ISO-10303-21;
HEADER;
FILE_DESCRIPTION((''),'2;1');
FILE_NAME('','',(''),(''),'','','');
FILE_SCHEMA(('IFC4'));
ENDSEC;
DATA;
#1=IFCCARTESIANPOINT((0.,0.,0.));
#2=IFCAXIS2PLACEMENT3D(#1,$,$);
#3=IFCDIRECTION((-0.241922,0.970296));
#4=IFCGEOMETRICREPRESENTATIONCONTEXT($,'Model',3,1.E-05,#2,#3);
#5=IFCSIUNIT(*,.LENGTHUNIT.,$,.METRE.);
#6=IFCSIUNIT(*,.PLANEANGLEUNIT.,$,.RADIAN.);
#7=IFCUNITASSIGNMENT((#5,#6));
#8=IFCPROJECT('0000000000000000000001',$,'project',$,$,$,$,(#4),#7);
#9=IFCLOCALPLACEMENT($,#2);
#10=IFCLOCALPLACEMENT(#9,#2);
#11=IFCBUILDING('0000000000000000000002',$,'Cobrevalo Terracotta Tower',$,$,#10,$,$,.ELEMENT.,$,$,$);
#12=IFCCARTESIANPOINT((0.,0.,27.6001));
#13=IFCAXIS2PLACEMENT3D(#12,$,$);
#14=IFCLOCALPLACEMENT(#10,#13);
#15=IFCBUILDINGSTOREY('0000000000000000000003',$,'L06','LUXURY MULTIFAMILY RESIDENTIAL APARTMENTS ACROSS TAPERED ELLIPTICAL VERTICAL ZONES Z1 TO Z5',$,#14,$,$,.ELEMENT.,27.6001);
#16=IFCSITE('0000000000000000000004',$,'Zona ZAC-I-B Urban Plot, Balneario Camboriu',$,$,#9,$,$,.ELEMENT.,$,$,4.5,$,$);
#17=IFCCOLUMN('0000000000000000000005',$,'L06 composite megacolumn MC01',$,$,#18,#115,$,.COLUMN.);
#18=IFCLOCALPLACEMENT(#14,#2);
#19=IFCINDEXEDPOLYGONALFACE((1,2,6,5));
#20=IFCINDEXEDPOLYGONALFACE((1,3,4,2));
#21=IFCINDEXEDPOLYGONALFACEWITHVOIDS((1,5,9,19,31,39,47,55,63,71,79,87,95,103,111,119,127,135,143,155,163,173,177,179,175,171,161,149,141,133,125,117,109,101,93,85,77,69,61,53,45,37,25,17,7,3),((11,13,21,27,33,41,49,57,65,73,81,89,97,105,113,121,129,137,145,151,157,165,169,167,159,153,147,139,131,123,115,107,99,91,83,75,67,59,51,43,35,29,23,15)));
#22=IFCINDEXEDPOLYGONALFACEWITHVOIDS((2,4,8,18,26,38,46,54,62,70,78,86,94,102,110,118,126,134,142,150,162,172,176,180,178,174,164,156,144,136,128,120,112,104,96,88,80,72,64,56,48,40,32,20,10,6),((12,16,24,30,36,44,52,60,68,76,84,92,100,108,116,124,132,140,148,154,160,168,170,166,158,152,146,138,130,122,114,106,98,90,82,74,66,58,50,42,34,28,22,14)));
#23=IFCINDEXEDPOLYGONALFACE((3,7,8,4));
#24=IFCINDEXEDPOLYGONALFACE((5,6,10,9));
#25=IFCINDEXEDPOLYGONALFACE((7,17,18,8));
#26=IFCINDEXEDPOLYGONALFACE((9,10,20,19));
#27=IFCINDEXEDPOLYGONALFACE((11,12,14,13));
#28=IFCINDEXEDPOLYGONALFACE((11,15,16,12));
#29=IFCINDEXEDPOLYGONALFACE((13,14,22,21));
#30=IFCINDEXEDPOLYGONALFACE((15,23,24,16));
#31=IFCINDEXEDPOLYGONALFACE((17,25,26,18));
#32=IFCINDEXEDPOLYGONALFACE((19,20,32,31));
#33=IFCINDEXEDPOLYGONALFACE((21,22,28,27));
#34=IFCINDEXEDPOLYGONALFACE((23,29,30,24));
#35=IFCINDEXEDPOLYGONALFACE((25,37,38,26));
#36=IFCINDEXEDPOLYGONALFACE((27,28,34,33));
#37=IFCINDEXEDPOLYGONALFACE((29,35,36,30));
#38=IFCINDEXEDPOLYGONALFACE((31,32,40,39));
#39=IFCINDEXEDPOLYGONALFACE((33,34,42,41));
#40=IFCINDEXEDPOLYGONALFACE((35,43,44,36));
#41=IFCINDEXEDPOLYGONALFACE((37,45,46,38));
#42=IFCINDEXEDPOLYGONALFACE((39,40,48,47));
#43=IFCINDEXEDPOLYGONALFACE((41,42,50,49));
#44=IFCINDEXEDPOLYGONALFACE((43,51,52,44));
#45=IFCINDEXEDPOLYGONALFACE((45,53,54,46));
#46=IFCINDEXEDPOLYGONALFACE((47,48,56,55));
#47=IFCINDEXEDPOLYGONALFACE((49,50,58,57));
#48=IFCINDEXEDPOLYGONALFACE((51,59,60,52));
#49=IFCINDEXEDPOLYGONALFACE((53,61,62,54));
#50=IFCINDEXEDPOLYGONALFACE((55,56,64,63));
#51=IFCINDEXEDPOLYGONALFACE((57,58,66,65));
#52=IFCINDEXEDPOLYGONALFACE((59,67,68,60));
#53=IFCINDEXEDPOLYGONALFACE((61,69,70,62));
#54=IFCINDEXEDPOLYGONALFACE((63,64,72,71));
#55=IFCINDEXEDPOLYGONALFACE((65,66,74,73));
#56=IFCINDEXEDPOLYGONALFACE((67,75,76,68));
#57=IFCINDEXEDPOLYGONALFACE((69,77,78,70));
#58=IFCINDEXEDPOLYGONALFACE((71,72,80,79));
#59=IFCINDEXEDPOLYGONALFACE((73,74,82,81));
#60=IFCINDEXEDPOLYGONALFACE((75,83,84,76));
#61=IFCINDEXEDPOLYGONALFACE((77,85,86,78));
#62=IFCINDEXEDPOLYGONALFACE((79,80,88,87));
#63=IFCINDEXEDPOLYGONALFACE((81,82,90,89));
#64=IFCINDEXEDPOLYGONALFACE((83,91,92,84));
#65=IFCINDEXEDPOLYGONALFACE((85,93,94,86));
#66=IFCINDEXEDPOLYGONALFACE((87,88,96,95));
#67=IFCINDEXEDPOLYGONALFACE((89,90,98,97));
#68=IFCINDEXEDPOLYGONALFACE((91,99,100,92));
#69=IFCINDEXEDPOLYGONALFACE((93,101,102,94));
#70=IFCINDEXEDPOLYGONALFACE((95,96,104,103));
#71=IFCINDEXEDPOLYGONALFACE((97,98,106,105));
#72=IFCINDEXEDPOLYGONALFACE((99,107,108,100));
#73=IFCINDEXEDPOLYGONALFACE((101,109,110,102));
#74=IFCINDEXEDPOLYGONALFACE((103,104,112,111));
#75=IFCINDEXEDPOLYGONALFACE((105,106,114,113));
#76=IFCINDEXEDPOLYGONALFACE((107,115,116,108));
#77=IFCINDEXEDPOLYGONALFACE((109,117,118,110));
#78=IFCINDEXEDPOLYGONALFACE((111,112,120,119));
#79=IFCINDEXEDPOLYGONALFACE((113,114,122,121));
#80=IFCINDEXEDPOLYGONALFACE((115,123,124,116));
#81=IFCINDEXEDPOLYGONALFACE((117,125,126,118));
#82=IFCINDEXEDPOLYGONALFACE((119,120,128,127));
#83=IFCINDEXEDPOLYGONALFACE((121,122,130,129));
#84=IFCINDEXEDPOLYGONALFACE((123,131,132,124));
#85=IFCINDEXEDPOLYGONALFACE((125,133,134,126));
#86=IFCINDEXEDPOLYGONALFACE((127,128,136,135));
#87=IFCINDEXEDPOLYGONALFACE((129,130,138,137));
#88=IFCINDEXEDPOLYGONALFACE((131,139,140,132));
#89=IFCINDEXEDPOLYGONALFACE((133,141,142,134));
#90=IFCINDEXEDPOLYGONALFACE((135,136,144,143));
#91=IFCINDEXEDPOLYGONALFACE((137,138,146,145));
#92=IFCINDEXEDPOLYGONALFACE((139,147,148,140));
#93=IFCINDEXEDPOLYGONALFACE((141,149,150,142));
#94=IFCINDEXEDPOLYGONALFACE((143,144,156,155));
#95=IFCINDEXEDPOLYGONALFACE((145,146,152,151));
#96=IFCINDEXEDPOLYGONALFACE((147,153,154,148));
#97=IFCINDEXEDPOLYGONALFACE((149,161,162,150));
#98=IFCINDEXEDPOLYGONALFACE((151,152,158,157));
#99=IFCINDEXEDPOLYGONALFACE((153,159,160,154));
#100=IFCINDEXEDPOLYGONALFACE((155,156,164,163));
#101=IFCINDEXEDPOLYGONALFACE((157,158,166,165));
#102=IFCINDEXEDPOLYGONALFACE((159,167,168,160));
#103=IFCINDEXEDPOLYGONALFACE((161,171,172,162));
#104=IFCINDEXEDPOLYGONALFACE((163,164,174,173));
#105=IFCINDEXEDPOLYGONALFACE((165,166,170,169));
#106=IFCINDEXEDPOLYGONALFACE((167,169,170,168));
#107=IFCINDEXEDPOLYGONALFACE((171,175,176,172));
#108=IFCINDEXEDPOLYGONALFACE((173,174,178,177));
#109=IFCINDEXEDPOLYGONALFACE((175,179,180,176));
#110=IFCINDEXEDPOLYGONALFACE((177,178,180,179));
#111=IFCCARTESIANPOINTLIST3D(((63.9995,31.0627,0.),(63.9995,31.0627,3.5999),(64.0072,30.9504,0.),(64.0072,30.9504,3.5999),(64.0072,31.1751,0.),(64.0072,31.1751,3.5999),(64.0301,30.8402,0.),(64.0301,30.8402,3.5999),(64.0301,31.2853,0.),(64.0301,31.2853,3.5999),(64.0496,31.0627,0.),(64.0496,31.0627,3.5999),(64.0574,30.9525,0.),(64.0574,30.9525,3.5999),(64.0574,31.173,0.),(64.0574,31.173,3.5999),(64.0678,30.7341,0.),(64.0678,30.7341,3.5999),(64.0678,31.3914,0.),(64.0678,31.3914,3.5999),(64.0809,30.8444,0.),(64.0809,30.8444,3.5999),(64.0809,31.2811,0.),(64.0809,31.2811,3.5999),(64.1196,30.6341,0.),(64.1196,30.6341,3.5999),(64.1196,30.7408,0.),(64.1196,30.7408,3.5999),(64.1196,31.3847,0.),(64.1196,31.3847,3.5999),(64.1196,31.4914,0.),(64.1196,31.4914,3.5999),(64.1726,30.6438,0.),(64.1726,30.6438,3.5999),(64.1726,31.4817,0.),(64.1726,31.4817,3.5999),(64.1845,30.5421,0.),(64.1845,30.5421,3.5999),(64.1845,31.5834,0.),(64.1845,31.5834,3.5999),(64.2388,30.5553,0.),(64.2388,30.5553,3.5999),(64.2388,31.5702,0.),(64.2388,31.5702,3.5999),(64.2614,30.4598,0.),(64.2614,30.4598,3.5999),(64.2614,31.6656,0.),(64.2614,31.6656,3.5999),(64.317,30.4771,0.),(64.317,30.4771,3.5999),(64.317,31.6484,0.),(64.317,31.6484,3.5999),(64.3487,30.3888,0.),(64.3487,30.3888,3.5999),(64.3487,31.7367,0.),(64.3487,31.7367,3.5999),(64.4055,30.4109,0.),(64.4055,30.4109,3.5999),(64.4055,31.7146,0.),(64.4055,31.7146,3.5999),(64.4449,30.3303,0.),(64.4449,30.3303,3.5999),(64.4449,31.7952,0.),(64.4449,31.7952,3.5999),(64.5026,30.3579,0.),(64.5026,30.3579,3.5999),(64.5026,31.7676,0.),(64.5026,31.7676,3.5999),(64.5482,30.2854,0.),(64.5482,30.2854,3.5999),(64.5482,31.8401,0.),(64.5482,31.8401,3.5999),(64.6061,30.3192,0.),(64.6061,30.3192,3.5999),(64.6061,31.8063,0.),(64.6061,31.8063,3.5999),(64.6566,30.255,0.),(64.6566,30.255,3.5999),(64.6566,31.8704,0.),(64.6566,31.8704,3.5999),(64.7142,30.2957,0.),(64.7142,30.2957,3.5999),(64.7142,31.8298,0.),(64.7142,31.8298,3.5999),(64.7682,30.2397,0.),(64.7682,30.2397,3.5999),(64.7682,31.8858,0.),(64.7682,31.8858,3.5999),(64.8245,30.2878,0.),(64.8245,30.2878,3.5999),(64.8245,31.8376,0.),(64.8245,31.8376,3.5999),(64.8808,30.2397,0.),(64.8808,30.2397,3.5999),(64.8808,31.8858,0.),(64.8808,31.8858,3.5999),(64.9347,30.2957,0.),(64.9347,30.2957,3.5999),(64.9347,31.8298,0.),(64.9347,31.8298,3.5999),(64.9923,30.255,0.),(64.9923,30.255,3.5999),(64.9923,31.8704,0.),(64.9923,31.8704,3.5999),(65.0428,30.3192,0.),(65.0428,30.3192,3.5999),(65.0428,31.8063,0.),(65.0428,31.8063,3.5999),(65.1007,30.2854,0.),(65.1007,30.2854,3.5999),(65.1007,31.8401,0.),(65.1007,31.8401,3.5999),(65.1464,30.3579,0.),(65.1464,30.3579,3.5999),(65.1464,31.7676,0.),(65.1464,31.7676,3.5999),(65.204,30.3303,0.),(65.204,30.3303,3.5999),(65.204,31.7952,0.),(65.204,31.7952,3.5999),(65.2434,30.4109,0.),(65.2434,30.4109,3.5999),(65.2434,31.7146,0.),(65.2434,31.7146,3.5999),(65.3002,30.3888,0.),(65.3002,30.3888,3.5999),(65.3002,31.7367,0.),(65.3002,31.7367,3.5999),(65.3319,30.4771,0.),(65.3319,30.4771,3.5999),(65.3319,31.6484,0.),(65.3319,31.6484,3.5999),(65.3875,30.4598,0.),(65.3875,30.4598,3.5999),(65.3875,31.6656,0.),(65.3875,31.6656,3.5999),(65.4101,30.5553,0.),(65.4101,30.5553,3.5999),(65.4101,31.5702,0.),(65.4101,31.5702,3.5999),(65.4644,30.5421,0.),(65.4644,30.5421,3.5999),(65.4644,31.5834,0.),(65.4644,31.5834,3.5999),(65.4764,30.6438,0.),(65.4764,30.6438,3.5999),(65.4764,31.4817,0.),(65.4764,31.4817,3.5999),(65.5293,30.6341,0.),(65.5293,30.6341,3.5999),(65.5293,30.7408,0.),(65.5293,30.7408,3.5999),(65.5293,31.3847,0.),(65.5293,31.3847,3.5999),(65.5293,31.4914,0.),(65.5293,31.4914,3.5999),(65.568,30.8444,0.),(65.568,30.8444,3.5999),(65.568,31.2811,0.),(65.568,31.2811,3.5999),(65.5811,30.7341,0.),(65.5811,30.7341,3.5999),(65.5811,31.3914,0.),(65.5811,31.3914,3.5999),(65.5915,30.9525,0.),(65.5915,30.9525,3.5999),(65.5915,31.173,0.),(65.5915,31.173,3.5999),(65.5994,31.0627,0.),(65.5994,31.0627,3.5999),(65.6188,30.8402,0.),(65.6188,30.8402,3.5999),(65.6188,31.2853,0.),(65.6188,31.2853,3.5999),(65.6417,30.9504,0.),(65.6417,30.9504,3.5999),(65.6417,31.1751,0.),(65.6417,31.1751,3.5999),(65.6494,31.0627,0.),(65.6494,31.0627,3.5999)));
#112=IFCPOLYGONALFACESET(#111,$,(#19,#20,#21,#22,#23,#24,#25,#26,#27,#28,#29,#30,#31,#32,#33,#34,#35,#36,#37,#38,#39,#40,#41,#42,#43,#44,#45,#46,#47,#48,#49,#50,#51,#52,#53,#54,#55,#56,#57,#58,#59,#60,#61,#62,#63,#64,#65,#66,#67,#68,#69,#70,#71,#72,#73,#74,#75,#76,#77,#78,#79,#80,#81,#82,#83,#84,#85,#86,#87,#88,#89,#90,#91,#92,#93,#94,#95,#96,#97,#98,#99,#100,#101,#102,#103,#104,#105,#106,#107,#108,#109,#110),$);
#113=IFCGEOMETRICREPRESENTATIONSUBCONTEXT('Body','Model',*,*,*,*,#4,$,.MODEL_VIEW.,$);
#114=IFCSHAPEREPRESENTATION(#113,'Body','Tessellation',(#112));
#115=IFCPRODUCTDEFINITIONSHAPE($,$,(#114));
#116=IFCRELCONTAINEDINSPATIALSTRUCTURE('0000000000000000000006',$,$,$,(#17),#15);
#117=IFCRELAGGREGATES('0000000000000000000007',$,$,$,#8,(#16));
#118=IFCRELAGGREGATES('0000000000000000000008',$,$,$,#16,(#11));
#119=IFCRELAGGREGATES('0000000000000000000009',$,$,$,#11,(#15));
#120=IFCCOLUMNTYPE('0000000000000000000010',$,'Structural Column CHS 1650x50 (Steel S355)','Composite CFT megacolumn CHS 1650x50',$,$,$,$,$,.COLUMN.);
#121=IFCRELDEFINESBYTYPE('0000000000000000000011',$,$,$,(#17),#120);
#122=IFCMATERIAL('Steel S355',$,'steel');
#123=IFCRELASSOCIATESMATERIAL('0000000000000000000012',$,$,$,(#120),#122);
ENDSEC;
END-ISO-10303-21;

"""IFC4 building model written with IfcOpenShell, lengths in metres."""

from ifc_helpers import new_model, si_unit, direction, frame, origin, origin_2d, place, context, subcontext, project, spatial, hollow_circle, extrude, material, material_profile, profile_set, type_object, element, save


model = new_model("IFC4")

# Units and contexts
model_context = context("Model", 3, precision=1e-05, world=origin(), true_north=direction((-0.241922, 0.970296)))
body_context = subcontext(model_context, "Body", "Model", "MODEL_VIEW")
ifc_project = project(units=[si_unit("LENGTHUNIT", "METRE"), si_unit("PLANEANGLEUNIT", "RADIAN")], contexts=[model_context])

# Site, building, storey
site_placement = place(None, origin())
site = spatial("IfcSite", under=ifc_project, at=site_placement, Name="Zona ZAC-I-B Urban Plot, Balneario Camboriu", CompositionType="ELEMENT", RefElevation=4.5)
building_placement = place(site_placement, origin())
building = spatial("IfcBuilding", under=site, at=building_placement, Name="Cobrevalo Terracotta Tower", CompositionType="ELEMENT")
storey_placement = place(building_placement, frame((0.0, 0.0, 27.6001)))
storey = spatial("IfcBuildingStorey", under=building, at=storey_placement, Name="L06", Description="LUXURY MULTIFAMILY RESIDENTIAL APARTMENTS ACROSS TAPERED ELLIPTICAL VERTICAL ZONES Z1 TO Z5", CompositionType="ELEMENT", Elevation=27.6001)

# Column
ifc_material_1 = material(Name="Steel S355", Category="steel")
ifc_material_profile_1 = material_profile(ifc_material_1, hollow_circle(Radius=0.825, WallThickness=0.05, at=origin_2d()), Name="CHS 1650x50")
ifc_profile_set_1 = profile_set([ifc_material_profile_1], Name="Steel S355")
column_type = type_object("IfcColumnType", Name="Structural Column CHS 1650x50 (Steel S355)", Description="Composite CFT megacolumn CHS 1650x50", PredefinedType="COLUMN", material=ifc_profile_set_1)
for number, where, z_axis, x_axis, name in (
    (1, (64.8245, 31.0627, 0.0), (0.0, 0.0, 1.0), (1.0, 0.0, 0.0), "L06 composite megacolumn MC01"),
):
    element("IfcColumn", number, at=place(storey_placement, frame(where, z_axis=z_axis, x_axis=x_axis)), inside=storey, type_object=column_type, Name=name, PredefinedType="COLUMN", context=body_context, shape_type="SweptSolid", body=[
        extrude(hollow_circle(Radius=0.825, WallThickness=0.05, at=origin_2d()), origin(), (0.0, 0.0, 1.0), 3.5999),
    ])

save(model, "model.ifc")
